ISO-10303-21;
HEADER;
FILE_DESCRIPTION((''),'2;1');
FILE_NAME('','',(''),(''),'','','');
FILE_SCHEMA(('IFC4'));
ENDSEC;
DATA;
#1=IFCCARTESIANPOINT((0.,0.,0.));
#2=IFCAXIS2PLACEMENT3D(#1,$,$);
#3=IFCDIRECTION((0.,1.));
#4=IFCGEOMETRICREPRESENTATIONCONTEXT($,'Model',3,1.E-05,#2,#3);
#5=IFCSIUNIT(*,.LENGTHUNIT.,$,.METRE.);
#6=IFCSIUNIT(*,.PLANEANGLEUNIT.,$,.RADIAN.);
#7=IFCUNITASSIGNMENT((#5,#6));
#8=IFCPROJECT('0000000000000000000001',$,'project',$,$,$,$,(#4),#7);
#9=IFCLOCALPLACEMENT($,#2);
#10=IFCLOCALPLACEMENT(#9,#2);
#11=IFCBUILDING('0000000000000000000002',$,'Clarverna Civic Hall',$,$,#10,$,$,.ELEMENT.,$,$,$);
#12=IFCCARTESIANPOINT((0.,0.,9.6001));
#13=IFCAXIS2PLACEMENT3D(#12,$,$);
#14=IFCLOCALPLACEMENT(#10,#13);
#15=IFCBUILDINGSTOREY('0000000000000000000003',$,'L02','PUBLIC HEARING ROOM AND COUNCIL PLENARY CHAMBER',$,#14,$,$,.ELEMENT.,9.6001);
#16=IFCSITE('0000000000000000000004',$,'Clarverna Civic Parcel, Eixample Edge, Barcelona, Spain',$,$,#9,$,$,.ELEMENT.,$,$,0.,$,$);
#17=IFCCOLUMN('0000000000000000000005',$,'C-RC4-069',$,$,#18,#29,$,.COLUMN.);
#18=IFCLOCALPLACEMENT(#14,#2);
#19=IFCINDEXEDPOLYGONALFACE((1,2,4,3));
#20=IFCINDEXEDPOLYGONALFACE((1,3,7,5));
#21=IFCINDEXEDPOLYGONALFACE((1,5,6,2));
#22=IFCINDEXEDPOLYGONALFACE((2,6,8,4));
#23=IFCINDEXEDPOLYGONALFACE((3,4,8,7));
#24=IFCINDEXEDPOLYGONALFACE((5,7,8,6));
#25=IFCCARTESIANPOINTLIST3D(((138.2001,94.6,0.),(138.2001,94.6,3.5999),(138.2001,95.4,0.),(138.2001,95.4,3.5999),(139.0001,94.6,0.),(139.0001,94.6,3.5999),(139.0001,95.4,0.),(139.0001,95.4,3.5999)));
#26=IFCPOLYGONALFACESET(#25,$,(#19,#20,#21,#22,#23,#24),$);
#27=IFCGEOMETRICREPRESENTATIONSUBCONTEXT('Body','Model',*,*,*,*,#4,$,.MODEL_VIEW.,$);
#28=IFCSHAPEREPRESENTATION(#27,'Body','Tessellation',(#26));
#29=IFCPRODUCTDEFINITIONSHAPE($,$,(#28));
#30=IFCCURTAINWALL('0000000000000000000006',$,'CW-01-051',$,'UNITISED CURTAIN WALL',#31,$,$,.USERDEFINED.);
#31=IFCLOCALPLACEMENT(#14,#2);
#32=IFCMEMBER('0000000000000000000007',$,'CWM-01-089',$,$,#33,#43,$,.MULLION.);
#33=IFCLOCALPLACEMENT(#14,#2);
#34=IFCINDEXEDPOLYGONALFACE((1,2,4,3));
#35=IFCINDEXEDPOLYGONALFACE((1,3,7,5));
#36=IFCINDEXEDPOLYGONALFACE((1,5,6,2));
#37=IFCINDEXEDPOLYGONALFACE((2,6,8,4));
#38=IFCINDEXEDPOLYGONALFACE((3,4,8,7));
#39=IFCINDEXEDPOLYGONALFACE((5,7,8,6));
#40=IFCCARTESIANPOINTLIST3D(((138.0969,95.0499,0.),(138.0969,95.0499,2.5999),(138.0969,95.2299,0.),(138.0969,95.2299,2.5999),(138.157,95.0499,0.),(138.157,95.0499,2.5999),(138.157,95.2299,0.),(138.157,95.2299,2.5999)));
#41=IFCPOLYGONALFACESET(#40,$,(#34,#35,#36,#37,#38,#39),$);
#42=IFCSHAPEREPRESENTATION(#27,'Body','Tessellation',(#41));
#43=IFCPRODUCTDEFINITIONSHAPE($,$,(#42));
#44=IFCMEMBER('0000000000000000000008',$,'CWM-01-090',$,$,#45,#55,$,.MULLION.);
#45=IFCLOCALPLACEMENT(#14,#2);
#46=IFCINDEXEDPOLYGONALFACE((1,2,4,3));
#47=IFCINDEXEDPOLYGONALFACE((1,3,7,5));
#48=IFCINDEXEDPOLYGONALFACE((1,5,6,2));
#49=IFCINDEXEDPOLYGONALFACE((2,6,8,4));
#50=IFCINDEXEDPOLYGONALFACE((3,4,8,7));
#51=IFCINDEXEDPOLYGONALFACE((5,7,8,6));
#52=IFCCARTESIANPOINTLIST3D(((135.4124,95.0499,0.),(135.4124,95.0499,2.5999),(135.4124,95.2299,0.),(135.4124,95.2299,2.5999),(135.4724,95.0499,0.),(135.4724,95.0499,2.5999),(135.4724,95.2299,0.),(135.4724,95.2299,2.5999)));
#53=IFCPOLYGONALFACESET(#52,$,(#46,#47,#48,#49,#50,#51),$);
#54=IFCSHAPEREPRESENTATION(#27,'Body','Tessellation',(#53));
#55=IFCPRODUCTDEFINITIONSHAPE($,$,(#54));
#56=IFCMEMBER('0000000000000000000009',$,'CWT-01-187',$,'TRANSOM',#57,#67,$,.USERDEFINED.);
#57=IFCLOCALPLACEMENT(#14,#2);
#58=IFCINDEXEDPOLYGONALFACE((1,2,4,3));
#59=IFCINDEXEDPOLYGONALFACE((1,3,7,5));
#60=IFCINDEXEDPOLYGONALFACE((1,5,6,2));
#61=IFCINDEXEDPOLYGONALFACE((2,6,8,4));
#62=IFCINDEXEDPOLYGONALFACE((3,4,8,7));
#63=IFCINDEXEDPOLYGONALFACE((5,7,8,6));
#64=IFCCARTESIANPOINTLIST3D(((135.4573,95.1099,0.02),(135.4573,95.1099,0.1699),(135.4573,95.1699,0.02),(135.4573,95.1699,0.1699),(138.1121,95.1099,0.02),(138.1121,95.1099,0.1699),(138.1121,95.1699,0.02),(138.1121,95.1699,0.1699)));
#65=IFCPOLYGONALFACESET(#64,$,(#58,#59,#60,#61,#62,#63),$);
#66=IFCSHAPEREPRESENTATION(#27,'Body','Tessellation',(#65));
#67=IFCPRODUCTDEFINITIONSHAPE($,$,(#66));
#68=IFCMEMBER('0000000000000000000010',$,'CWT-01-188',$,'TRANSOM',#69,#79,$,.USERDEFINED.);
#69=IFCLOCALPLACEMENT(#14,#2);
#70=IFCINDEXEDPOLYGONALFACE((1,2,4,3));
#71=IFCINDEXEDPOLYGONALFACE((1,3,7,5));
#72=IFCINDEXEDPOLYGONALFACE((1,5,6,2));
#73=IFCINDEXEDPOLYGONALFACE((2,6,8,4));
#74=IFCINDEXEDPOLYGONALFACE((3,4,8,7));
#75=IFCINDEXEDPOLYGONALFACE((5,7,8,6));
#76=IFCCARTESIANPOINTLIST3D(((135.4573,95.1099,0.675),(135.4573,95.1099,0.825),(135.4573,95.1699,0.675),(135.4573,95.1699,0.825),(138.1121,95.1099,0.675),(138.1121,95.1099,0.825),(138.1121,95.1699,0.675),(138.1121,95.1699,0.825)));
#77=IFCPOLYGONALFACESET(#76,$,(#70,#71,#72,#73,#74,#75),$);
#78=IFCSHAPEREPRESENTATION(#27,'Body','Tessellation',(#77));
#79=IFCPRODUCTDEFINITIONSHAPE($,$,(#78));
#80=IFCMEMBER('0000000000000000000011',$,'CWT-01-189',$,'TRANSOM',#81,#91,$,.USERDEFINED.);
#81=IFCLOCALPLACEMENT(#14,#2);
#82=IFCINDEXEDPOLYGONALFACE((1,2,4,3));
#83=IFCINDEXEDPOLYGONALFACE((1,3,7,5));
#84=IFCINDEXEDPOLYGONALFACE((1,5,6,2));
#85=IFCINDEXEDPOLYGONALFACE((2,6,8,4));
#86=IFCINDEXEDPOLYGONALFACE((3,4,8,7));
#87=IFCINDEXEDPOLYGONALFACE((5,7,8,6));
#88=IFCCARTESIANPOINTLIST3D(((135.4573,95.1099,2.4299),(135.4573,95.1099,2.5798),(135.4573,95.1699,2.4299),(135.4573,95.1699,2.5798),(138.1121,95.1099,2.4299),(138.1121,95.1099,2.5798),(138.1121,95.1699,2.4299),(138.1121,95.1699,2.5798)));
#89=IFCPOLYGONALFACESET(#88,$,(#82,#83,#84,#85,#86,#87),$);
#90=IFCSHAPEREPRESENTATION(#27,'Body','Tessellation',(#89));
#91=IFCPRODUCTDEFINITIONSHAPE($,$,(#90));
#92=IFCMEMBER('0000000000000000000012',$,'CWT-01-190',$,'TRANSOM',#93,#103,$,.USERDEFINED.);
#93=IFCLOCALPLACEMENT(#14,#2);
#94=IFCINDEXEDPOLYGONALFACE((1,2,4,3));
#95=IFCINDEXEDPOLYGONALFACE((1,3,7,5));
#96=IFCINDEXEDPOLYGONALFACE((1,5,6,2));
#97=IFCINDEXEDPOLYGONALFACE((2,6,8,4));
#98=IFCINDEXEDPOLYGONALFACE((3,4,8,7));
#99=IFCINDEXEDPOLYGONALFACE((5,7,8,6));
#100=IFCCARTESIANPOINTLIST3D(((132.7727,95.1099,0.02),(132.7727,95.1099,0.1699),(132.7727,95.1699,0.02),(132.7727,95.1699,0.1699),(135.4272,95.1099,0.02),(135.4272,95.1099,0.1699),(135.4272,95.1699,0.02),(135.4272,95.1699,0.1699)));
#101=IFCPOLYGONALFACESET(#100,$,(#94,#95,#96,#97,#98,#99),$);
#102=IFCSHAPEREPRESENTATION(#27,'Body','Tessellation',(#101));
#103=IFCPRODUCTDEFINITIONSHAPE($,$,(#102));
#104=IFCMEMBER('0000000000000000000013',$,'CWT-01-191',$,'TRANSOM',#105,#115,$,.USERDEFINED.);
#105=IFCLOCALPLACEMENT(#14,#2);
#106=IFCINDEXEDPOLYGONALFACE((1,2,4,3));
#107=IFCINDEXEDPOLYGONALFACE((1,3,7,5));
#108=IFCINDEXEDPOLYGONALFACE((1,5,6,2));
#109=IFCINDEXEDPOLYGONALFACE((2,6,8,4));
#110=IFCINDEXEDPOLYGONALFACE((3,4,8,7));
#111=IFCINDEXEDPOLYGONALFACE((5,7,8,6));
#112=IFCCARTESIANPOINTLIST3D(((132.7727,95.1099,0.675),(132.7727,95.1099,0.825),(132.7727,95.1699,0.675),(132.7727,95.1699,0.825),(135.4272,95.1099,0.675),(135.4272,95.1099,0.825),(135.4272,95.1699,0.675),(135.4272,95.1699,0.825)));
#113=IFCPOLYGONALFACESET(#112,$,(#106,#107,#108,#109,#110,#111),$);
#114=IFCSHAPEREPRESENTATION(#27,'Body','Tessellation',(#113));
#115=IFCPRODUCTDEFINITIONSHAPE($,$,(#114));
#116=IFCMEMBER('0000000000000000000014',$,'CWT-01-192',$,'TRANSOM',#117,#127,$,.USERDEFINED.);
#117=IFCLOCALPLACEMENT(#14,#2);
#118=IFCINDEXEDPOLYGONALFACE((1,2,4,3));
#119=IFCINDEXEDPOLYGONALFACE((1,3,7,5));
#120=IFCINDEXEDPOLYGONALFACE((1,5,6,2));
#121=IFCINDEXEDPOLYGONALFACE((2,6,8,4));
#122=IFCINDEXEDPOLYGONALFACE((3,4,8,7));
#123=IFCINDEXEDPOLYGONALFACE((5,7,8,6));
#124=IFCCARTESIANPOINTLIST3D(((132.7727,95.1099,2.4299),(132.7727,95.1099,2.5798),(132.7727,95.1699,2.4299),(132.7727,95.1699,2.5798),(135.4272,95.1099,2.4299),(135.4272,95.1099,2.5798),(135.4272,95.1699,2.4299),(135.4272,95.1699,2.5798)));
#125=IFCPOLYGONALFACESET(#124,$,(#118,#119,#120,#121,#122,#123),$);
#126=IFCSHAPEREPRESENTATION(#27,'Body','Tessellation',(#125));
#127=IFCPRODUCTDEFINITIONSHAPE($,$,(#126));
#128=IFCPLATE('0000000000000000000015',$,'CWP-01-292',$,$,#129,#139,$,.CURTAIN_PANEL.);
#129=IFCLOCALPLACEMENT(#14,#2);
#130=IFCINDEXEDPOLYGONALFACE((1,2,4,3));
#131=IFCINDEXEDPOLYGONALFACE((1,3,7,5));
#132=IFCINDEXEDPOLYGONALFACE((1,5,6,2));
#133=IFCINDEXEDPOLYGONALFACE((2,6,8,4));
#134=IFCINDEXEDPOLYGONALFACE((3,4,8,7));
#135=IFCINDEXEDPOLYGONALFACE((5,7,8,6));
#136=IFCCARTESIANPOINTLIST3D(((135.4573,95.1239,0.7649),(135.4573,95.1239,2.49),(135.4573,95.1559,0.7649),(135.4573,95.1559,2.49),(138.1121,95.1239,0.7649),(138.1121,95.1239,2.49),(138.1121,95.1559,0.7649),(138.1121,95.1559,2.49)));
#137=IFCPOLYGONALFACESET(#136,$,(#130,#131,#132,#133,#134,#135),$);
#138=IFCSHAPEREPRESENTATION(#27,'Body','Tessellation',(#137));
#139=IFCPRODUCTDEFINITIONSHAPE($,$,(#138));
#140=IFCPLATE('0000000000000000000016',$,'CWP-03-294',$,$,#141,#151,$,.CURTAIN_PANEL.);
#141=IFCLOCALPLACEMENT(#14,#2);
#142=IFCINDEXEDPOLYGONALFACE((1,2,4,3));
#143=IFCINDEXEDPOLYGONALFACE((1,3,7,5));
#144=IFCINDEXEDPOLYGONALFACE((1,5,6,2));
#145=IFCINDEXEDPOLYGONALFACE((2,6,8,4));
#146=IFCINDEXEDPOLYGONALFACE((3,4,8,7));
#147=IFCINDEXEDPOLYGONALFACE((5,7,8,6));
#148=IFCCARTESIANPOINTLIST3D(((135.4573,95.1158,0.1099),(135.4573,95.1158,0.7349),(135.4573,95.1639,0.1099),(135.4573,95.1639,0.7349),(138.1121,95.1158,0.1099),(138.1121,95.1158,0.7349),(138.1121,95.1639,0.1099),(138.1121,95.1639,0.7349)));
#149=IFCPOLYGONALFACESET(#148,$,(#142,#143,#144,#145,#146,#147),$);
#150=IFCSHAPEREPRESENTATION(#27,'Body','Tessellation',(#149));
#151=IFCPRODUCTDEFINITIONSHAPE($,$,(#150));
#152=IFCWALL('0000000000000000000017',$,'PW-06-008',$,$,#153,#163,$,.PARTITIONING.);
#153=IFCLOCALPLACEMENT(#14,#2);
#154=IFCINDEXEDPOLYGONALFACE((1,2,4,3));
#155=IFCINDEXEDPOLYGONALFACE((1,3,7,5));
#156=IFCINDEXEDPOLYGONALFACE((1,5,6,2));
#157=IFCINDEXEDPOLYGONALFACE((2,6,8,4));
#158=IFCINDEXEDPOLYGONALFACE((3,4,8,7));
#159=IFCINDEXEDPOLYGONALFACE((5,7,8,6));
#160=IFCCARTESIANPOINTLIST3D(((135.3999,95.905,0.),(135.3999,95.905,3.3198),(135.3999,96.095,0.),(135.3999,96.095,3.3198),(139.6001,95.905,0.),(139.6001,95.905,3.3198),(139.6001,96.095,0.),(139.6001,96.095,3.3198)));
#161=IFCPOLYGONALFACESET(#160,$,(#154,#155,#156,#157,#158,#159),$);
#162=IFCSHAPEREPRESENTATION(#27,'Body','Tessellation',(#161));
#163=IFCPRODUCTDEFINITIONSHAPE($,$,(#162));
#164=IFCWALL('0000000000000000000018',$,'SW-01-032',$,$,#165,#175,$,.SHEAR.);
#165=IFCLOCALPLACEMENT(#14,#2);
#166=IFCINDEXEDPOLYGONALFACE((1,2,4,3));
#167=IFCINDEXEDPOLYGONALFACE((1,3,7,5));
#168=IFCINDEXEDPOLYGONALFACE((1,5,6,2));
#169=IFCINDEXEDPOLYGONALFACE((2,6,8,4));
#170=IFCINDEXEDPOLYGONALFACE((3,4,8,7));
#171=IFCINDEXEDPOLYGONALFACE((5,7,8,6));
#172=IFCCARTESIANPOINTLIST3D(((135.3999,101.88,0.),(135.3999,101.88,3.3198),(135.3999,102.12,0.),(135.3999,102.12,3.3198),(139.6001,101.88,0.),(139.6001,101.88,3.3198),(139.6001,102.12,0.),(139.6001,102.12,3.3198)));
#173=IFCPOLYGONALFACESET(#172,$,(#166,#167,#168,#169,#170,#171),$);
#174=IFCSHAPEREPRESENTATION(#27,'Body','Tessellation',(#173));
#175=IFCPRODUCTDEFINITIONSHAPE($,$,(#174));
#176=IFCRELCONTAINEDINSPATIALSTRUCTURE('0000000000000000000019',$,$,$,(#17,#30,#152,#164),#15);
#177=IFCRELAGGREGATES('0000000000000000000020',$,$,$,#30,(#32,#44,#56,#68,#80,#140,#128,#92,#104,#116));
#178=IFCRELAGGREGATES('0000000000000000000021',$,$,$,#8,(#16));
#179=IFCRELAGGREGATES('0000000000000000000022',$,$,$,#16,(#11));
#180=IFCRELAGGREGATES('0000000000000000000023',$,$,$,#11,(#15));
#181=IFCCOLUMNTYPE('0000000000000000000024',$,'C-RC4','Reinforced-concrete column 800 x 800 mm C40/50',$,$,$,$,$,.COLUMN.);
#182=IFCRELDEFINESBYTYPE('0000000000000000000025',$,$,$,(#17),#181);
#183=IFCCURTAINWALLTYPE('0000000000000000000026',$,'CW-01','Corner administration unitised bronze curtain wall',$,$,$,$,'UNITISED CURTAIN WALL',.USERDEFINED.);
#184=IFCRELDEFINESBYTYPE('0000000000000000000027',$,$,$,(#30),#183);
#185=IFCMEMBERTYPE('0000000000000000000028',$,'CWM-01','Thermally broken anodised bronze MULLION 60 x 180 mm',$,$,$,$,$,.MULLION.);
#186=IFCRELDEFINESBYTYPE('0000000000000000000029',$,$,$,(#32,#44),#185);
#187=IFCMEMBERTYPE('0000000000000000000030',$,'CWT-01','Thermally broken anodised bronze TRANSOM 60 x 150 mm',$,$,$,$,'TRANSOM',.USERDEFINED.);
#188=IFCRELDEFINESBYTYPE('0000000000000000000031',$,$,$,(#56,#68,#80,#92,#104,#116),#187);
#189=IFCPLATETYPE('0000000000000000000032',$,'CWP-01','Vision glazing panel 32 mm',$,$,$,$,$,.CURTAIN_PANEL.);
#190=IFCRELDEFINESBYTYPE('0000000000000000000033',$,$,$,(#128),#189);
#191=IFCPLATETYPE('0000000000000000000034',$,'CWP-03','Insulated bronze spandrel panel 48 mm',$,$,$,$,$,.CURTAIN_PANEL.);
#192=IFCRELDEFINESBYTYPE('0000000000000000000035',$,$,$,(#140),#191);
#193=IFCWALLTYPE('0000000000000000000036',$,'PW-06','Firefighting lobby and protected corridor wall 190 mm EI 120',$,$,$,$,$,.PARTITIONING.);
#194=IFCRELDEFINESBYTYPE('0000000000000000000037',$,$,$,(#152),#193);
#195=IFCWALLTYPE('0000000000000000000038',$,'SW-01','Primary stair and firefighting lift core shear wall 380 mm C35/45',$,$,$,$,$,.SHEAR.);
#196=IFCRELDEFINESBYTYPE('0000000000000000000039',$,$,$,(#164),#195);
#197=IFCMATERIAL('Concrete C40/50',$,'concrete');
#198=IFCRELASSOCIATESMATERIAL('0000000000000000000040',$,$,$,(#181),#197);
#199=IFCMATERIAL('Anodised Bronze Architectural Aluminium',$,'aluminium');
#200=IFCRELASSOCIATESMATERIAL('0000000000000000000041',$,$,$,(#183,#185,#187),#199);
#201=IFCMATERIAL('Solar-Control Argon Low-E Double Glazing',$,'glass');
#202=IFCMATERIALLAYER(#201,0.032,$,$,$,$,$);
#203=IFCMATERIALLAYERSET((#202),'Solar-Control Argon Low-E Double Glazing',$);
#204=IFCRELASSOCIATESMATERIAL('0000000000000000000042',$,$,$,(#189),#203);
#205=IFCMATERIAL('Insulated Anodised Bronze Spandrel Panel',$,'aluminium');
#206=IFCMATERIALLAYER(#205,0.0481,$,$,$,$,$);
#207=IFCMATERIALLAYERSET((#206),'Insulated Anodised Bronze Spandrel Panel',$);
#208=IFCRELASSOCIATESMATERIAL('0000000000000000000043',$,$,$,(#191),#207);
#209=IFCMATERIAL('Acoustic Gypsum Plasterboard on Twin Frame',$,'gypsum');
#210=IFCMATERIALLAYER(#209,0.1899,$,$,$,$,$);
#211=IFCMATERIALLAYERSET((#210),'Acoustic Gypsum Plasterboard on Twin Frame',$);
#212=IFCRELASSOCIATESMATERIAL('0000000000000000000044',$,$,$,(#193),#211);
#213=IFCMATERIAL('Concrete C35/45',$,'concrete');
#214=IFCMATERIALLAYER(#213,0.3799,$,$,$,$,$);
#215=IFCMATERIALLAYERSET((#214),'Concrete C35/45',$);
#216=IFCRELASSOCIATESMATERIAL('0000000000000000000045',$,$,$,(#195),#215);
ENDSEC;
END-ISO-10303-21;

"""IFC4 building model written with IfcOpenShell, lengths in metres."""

from ifc_helpers import new_model, si_unit, direction, frame, frame_2d, origin, origin_2d, place, context, subcontext, project, spatial, rectangle, extrude, material, layer, layer_set, material_profile, profile_set, type_object, element, aggregate, save


model = new_model("IFC4")

# Units and contexts
model_context = context("Model", 3, precision=1e-05, world=origin(), true_north=direction((0.0, 1.0)))
body_context = subcontext(model_context, "Body", "Model", "MODEL_VIEW")
ifc_project = project(units=[si_unit("LENGTHUNIT", "METRE"), si_unit("PLANEANGLEUNIT", "RADIAN")], contexts=[model_context])

# Site, building, storey
site_placement = place(None, origin())
site = spatial("IfcSite", under=ifc_project, at=site_placement, Name="Clarverna Civic Parcel, Eixample Edge, Barcelona, Spain", CompositionType="ELEMENT", RefElevation=0.0)
building_placement = place(site_placement, origin())
building = spatial("IfcBuilding", under=site, at=building_placement, Name="Clarverna Civic Hall", CompositionType="ELEMENT")
storey_placement = place(building_placement, frame((0.0, 0.0, 9.6001)))
storey = spatial("IfcBuildingStorey", under=building, at=storey_placement, Name="L02", Description="PUBLIC HEARING ROOM AND COUNCIL PLENARY CHAMBER", CompositionType="ELEMENT", Elevation=9.6001)

# Column
ifc_material_1 = material(Name="Concrete C40/50", Category="concrete")
ifc_material_profile_1 = material_profile(ifc_material_1, rectangle(XDim=0.8, YDim=0.8, at=origin_2d()), Name="RC 800x800")
ifc_profile_set_1 = profile_set([ifc_material_profile_1], Name="Concrete C40/50")
column_type = type_object("IfcColumnType", Name="C-RC4", Description="Reinforced-concrete column 800 x 800 mm C40/50", PredefinedType="COLUMN", material=ifc_profile_set_1)
column_placement = place(storey_placement, frame((138.6001, 95.0, 0.0), z_axis=(0.0, 0.0, 1.0), x_axis=(1.0, 0.0, 0.0)))
element("IfcColumn", 1, at=column_placement, inside=storey, type_object=column_type, Name="C-RC4-069", PredefinedType="COLUMN", context=body_context, shape_type="SweptSolid", body=[
    extrude(rectangle(XDim=0.8, YDim=0.8, at=origin_2d()), origin(), (0.0, 0.0, 1.0), 3.5999),
])

# Curtain wall, members, plates
ifc_material_2 = material(Name="Anodised Bronze Architectural Aluminium", Category="aluminium")
curtain_wall_type = type_object("IfcCurtainWallType", Name="CW-01", Description="Corner administration unitised bronze curtain wall", ElementType="UNITISED CURTAIN WALL", PredefinedType="USERDEFINED", material=ifc_material_2)
curtain_wall_placement = place(storey_placement, origin())
curtain_wall = element("IfcCurtainWall", 2, at=curtain_wall_placement, inside=storey, type_object=curtain_wall_type, Name="CW-01-051", ObjectType="UNITISED CURTAIN WALL", PredefinedType="USERDEFINED")
ifc_material_profile_2 = material_profile(ifc_material_2, rectangle(XDim=0.0601, YDim=0.1799, at=origin_2d()), Name="BRONZE 60x180")
ifc_profile_set_2 = profile_set([ifc_material_profile_2], Name="Anodised Bronze Architectural Aluminium")
member_type_1 = type_object("IfcMemberType", Name="CWM-01", Description="Thermally broken anodised bronze MULLION 60 x 180 mm", PredefinedType="MULLION", material=ifc_profile_set_2)
member_1_placement = place(storey_placement, frame((138.127, 95.1399, 0.0), z_axis=(0.0, 0.0, 1.0), x_axis=(1.0, 0.0, 0.0)))
member_1 = element("IfcMember", 3, at=member_1_placement, type_object=member_type_1, Name="CWM-01-089", PredefinedType="MULLION", context=body_context, shape_type="SweptSolid", body=[
    extrude(rectangle(XDim=0.0601, YDim=0.1799, at=origin_2d()), origin(), (0.0, 0.0, 1.0), 2.5999),
])
member_2_placement = place(storey_placement, frame((135.4424, 95.1399, 0.0), z_axis=(0.0, 0.0, 1.0), x_axis=(1.0, 0.0, 0.0)))
member_2 = element("IfcMember", 4, at=member_2_placement, type_object=member_type_1, Name="CWM-01-090", PredefinedType="MULLION", context=body_context, shape_type="SweptSolid", body=[
    extrude(rectangle(XDim=0.0601, YDim=0.1799, at=origin_2d()), origin(), (0.0, 0.0, 1.0), 2.5999),
])
ifc_material_profile_3 = material_profile(ifc_material_2, rectangle(XDim=0.0601, YDim=0.1499, at=origin_2d()), Name="BRONZE 60x150")
ifc_profile_set_3 = profile_set([ifc_material_profile_3], Name="Anodised Bronze Architectural Aluminium")
member_type_2 = type_object("IfcMemberType", Name="CWT-01", Description="Thermally broken anodised bronze TRANSOM 60 x 150 mm", ElementType="TRANSOM", PredefinedType="USERDEFINED", material=ifc_profile_set_3)
member_3_placement = place(storey_placement, frame((138.1121, 95.1399, 0.095), z_axis=(-1.0, 0.0, 0.0), x_axis=(0.0, -1.0, 0.0)))
member_3 = element("IfcMember", 5, at=member_3_placement, type_object=member_type_2, Name="CWT-01-187", ObjectType="TRANSOM", PredefinedType="USERDEFINED", context=body_context, shape_type="SweptSolid", body=[
    extrude(rectangle(XDim=0.0601, YDim=0.1499, at=origin_2d()), origin(), (0.0, 0.0, 1.0), 2.6548),
])
member_4_placement = place(storey_placement, frame((138.1121, 95.1399, 0.75), z_axis=(-1.0, 0.0, 0.0), x_axis=(0.0, -1.0, 0.0)))
member_4 = element("IfcMember", 6, at=member_4_placement, type_object=member_type_2, Name="CWT-01-188", ObjectType="TRANSOM", PredefinedType="USERDEFINED", context=body_context, shape_type="SweptSolid", body=[
    extrude(rectangle(XDim=0.0601, YDim=0.1499, at=origin_2d()), origin(), (0.0, 0.0, 1.0), 2.6548),
])
member_5_placement = place(storey_placement, frame((138.1121, 95.1399, 2.5049), z_axis=(-1.0, 0.0, 0.0), x_axis=(0.0, -1.0, 0.0)))
member_5 = element("IfcMember", 7, at=member_5_placement, type_object=member_type_2, Name="CWT-01-189", ObjectType="TRANSOM", PredefinedType="USERDEFINED", context=body_context, shape_type="SweptSolid", body=[
    extrude(rectangle(XDim=0.0601, YDim=0.1499, at=origin_2d()), origin(), (0.0, 0.0, 1.0), 2.6548),
])
member_6_placement = place(storey_placement, frame((135.4272, 95.1399, 0.095), z_axis=(-1.0, 0.0, 0.0), x_axis=(0.0, -1.0, 0.0)))
member_6 = element("IfcMember", 8, at=member_6_placement, type_object=member_type_2, Name="CWT-01-190", ObjectType="TRANSOM", PredefinedType="USERDEFINED", context=body_context, shape_type="SweptSolid", body=[
    extrude(rectangle(XDim=0.0601, YDim=0.1499, at=origin_2d()), origin(), (0.0, 0.0, 1.0), 2.6545),
])
member_7_placement = place(storey_placement, frame((135.4272, 95.1399, 0.75), z_axis=(-1.0, 0.0, 0.0), x_axis=(0.0, -1.0, 0.0)))
member_7 = element("IfcMember", 9, at=member_7_placement, type_object=member_type_2, Name="CWT-01-191", ObjectType="TRANSOM", PredefinedType="USERDEFINED", context=body_context, shape_type="SweptSolid", body=[
    extrude(rectangle(XDim=0.0601, YDim=0.1499, at=origin_2d()), origin(), (0.0, 0.0, 1.0), 2.6545),
])
member_8_placement = place(storey_placement, frame((135.4272, 95.1399, 2.5049), z_axis=(-1.0, 0.0, 0.0), x_axis=(0.0, -1.0, 0.0)))
member_8 = element("IfcMember", 10, at=member_8_placement, type_object=member_type_2, Name="CWT-01-192", ObjectType="TRANSOM", PredefinedType="USERDEFINED", context=body_context, shape_type="SweptSolid", body=[
    extrude(rectangle(XDim=0.0601, YDim=0.1499, at=origin_2d()), origin(), (0.0, 0.0, 1.0), 2.6545),
])
ifc_material_3 = material(Name="Solar-Control Argon Low-E Double Glazing", Category="glass")
ifc_layer_1 = layer(ifc_material_3, 0.032)
ifc_layer_set_1 = layer_set([ifc_layer_1], Name="Solar-Control Argon Low-E Double Glazing")
plate_type_1 = type_object("IfcPlateType", Name="CWP-01", Description="Vision glazing panel 32 mm", PredefinedType="CURTAIN_PANEL", material=ifc_layer_set_1)
plate_1_placement = place(storey_placement, frame((138.1121, 95.1399, 0.7649), z_axis=(0.0, 0.0, 1.0), x_axis=(-1.0, 0.0, 0.0)))
plate_1 = element("IfcPlate", 11, at=plate_1_placement, type_object=plate_type_1, Name="CWP-01-292", PredefinedType="CURTAIN_PANEL", context=body_context, shape_type="SweptSolid", body=[
    extrude(rectangle(XDim=2.6548, YDim=0.032, at=frame_2d((1.3274, 0.0))), origin(), (0.0, 0.0, 1.0), 1.7251),
])
ifc_material_4 = material(Name="Insulated Anodised Bronze Spandrel Panel", Category="aluminium")
ifc_layer_2 = layer(ifc_material_4, 0.0481)
ifc_layer_set_2 = layer_set([ifc_layer_2], Name="Insulated Anodised Bronze Spandrel Panel")
plate_type_2 = type_object("IfcPlateType", Name="CWP-03", Description="Insulated bronze spandrel panel 48 mm", PredefinedType="CURTAIN_PANEL", material=ifc_layer_set_2)
plate_2_placement = place(storey_placement, frame((138.1121, 95.1399, 0.1099), z_axis=(0.0, 0.0, 1.0), x_axis=(-1.0, 0.0, 0.0)))
plate_2 = element("IfcPlate", 12, at=plate_2_placement, type_object=plate_type_2, Name="CWP-03-294", PredefinedType="CURTAIN_PANEL", context=body_context, shape_type="SweptSolid", body=[
    extrude(rectangle(XDim=2.6548, YDim=0.0481, at=frame_2d((1.3274, 0.0))), origin(), (0.0, 0.0, 1.0), 0.625),
])
aggregate(curtain_wall, [member_1, member_2, member_3, member_4, member_5, plate_2, plate_1, member_6, member_7, member_8])

# Walls
ifc_material_5 = material(Name="Acoustic Gypsum Plasterboard on Twin Frame", Category="gypsum")
ifc_layer_3 = layer(ifc_material_5, 0.1899)
ifc_layer_set_3 = layer_set([ifc_layer_3], Name="Acoustic Gypsum Plasterboard on Twin Frame")
wall_type_1 = type_object("IfcWallType", Name="PW-06", Description="Firefighting lobby and protected corridor wall 190 mm EI 120", PredefinedType="PARTITIONING", material=ifc_layer_set_3)
wall_1_placement = place(storey_placement, frame((135.3999, 96.0, 0.0), z_axis=(0.0, 0.0, 1.0), x_axis=(1.0, 0.0, 0.0)))
element("IfcWall", 13, at=wall_1_placement, inside=storey, type_object=wall_type_1, Name="PW-06-008", PredefinedType="PARTITIONING", context=body_context, shape_type="SweptSolid", body=[
    extrude(rectangle(XDim=4.2002, YDim=0.1899, at=frame_2d((2.1001, 0.0))), origin(), (0.0, 0.0, 1.0), 3.3198),
])
ifc_material_6 = material(Name="Concrete C35/45", Category="concrete")
ifc_layer_4 = layer(ifc_material_6, 0.3799)
ifc_layer_set_4 = layer_set([ifc_layer_4], Name="Concrete C35/45")
wall_type_2 = type_object("IfcWallType", Name="SW-01", Description="Primary stair and firefighting lift core shear wall 380 mm C35/45", PredefinedType="SHEAR", material=ifc_layer_set_4)
wall_2_placement = place(storey_placement, frame((135.3999, 102.0, 0.0), z_axis=(0.0, 0.0, 1.0), x_axis=(1.0, 0.0, 0.0)))
element("IfcWall", 14, at=wall_2_placement, inside=storey, type_object=wall_type_2, Name="SW-01-032", PredefinedType="SHEAR", context=body_context, shape_type="SweptSolid", body=[
    extrude(rectangle(XDim=4.2002, YDim=0.24, at=frame_2d((2.1001, 0.0))), origin(), (0.0, 0.0, 1.0), 3.3198),
])

save(model, "model.ifc")
